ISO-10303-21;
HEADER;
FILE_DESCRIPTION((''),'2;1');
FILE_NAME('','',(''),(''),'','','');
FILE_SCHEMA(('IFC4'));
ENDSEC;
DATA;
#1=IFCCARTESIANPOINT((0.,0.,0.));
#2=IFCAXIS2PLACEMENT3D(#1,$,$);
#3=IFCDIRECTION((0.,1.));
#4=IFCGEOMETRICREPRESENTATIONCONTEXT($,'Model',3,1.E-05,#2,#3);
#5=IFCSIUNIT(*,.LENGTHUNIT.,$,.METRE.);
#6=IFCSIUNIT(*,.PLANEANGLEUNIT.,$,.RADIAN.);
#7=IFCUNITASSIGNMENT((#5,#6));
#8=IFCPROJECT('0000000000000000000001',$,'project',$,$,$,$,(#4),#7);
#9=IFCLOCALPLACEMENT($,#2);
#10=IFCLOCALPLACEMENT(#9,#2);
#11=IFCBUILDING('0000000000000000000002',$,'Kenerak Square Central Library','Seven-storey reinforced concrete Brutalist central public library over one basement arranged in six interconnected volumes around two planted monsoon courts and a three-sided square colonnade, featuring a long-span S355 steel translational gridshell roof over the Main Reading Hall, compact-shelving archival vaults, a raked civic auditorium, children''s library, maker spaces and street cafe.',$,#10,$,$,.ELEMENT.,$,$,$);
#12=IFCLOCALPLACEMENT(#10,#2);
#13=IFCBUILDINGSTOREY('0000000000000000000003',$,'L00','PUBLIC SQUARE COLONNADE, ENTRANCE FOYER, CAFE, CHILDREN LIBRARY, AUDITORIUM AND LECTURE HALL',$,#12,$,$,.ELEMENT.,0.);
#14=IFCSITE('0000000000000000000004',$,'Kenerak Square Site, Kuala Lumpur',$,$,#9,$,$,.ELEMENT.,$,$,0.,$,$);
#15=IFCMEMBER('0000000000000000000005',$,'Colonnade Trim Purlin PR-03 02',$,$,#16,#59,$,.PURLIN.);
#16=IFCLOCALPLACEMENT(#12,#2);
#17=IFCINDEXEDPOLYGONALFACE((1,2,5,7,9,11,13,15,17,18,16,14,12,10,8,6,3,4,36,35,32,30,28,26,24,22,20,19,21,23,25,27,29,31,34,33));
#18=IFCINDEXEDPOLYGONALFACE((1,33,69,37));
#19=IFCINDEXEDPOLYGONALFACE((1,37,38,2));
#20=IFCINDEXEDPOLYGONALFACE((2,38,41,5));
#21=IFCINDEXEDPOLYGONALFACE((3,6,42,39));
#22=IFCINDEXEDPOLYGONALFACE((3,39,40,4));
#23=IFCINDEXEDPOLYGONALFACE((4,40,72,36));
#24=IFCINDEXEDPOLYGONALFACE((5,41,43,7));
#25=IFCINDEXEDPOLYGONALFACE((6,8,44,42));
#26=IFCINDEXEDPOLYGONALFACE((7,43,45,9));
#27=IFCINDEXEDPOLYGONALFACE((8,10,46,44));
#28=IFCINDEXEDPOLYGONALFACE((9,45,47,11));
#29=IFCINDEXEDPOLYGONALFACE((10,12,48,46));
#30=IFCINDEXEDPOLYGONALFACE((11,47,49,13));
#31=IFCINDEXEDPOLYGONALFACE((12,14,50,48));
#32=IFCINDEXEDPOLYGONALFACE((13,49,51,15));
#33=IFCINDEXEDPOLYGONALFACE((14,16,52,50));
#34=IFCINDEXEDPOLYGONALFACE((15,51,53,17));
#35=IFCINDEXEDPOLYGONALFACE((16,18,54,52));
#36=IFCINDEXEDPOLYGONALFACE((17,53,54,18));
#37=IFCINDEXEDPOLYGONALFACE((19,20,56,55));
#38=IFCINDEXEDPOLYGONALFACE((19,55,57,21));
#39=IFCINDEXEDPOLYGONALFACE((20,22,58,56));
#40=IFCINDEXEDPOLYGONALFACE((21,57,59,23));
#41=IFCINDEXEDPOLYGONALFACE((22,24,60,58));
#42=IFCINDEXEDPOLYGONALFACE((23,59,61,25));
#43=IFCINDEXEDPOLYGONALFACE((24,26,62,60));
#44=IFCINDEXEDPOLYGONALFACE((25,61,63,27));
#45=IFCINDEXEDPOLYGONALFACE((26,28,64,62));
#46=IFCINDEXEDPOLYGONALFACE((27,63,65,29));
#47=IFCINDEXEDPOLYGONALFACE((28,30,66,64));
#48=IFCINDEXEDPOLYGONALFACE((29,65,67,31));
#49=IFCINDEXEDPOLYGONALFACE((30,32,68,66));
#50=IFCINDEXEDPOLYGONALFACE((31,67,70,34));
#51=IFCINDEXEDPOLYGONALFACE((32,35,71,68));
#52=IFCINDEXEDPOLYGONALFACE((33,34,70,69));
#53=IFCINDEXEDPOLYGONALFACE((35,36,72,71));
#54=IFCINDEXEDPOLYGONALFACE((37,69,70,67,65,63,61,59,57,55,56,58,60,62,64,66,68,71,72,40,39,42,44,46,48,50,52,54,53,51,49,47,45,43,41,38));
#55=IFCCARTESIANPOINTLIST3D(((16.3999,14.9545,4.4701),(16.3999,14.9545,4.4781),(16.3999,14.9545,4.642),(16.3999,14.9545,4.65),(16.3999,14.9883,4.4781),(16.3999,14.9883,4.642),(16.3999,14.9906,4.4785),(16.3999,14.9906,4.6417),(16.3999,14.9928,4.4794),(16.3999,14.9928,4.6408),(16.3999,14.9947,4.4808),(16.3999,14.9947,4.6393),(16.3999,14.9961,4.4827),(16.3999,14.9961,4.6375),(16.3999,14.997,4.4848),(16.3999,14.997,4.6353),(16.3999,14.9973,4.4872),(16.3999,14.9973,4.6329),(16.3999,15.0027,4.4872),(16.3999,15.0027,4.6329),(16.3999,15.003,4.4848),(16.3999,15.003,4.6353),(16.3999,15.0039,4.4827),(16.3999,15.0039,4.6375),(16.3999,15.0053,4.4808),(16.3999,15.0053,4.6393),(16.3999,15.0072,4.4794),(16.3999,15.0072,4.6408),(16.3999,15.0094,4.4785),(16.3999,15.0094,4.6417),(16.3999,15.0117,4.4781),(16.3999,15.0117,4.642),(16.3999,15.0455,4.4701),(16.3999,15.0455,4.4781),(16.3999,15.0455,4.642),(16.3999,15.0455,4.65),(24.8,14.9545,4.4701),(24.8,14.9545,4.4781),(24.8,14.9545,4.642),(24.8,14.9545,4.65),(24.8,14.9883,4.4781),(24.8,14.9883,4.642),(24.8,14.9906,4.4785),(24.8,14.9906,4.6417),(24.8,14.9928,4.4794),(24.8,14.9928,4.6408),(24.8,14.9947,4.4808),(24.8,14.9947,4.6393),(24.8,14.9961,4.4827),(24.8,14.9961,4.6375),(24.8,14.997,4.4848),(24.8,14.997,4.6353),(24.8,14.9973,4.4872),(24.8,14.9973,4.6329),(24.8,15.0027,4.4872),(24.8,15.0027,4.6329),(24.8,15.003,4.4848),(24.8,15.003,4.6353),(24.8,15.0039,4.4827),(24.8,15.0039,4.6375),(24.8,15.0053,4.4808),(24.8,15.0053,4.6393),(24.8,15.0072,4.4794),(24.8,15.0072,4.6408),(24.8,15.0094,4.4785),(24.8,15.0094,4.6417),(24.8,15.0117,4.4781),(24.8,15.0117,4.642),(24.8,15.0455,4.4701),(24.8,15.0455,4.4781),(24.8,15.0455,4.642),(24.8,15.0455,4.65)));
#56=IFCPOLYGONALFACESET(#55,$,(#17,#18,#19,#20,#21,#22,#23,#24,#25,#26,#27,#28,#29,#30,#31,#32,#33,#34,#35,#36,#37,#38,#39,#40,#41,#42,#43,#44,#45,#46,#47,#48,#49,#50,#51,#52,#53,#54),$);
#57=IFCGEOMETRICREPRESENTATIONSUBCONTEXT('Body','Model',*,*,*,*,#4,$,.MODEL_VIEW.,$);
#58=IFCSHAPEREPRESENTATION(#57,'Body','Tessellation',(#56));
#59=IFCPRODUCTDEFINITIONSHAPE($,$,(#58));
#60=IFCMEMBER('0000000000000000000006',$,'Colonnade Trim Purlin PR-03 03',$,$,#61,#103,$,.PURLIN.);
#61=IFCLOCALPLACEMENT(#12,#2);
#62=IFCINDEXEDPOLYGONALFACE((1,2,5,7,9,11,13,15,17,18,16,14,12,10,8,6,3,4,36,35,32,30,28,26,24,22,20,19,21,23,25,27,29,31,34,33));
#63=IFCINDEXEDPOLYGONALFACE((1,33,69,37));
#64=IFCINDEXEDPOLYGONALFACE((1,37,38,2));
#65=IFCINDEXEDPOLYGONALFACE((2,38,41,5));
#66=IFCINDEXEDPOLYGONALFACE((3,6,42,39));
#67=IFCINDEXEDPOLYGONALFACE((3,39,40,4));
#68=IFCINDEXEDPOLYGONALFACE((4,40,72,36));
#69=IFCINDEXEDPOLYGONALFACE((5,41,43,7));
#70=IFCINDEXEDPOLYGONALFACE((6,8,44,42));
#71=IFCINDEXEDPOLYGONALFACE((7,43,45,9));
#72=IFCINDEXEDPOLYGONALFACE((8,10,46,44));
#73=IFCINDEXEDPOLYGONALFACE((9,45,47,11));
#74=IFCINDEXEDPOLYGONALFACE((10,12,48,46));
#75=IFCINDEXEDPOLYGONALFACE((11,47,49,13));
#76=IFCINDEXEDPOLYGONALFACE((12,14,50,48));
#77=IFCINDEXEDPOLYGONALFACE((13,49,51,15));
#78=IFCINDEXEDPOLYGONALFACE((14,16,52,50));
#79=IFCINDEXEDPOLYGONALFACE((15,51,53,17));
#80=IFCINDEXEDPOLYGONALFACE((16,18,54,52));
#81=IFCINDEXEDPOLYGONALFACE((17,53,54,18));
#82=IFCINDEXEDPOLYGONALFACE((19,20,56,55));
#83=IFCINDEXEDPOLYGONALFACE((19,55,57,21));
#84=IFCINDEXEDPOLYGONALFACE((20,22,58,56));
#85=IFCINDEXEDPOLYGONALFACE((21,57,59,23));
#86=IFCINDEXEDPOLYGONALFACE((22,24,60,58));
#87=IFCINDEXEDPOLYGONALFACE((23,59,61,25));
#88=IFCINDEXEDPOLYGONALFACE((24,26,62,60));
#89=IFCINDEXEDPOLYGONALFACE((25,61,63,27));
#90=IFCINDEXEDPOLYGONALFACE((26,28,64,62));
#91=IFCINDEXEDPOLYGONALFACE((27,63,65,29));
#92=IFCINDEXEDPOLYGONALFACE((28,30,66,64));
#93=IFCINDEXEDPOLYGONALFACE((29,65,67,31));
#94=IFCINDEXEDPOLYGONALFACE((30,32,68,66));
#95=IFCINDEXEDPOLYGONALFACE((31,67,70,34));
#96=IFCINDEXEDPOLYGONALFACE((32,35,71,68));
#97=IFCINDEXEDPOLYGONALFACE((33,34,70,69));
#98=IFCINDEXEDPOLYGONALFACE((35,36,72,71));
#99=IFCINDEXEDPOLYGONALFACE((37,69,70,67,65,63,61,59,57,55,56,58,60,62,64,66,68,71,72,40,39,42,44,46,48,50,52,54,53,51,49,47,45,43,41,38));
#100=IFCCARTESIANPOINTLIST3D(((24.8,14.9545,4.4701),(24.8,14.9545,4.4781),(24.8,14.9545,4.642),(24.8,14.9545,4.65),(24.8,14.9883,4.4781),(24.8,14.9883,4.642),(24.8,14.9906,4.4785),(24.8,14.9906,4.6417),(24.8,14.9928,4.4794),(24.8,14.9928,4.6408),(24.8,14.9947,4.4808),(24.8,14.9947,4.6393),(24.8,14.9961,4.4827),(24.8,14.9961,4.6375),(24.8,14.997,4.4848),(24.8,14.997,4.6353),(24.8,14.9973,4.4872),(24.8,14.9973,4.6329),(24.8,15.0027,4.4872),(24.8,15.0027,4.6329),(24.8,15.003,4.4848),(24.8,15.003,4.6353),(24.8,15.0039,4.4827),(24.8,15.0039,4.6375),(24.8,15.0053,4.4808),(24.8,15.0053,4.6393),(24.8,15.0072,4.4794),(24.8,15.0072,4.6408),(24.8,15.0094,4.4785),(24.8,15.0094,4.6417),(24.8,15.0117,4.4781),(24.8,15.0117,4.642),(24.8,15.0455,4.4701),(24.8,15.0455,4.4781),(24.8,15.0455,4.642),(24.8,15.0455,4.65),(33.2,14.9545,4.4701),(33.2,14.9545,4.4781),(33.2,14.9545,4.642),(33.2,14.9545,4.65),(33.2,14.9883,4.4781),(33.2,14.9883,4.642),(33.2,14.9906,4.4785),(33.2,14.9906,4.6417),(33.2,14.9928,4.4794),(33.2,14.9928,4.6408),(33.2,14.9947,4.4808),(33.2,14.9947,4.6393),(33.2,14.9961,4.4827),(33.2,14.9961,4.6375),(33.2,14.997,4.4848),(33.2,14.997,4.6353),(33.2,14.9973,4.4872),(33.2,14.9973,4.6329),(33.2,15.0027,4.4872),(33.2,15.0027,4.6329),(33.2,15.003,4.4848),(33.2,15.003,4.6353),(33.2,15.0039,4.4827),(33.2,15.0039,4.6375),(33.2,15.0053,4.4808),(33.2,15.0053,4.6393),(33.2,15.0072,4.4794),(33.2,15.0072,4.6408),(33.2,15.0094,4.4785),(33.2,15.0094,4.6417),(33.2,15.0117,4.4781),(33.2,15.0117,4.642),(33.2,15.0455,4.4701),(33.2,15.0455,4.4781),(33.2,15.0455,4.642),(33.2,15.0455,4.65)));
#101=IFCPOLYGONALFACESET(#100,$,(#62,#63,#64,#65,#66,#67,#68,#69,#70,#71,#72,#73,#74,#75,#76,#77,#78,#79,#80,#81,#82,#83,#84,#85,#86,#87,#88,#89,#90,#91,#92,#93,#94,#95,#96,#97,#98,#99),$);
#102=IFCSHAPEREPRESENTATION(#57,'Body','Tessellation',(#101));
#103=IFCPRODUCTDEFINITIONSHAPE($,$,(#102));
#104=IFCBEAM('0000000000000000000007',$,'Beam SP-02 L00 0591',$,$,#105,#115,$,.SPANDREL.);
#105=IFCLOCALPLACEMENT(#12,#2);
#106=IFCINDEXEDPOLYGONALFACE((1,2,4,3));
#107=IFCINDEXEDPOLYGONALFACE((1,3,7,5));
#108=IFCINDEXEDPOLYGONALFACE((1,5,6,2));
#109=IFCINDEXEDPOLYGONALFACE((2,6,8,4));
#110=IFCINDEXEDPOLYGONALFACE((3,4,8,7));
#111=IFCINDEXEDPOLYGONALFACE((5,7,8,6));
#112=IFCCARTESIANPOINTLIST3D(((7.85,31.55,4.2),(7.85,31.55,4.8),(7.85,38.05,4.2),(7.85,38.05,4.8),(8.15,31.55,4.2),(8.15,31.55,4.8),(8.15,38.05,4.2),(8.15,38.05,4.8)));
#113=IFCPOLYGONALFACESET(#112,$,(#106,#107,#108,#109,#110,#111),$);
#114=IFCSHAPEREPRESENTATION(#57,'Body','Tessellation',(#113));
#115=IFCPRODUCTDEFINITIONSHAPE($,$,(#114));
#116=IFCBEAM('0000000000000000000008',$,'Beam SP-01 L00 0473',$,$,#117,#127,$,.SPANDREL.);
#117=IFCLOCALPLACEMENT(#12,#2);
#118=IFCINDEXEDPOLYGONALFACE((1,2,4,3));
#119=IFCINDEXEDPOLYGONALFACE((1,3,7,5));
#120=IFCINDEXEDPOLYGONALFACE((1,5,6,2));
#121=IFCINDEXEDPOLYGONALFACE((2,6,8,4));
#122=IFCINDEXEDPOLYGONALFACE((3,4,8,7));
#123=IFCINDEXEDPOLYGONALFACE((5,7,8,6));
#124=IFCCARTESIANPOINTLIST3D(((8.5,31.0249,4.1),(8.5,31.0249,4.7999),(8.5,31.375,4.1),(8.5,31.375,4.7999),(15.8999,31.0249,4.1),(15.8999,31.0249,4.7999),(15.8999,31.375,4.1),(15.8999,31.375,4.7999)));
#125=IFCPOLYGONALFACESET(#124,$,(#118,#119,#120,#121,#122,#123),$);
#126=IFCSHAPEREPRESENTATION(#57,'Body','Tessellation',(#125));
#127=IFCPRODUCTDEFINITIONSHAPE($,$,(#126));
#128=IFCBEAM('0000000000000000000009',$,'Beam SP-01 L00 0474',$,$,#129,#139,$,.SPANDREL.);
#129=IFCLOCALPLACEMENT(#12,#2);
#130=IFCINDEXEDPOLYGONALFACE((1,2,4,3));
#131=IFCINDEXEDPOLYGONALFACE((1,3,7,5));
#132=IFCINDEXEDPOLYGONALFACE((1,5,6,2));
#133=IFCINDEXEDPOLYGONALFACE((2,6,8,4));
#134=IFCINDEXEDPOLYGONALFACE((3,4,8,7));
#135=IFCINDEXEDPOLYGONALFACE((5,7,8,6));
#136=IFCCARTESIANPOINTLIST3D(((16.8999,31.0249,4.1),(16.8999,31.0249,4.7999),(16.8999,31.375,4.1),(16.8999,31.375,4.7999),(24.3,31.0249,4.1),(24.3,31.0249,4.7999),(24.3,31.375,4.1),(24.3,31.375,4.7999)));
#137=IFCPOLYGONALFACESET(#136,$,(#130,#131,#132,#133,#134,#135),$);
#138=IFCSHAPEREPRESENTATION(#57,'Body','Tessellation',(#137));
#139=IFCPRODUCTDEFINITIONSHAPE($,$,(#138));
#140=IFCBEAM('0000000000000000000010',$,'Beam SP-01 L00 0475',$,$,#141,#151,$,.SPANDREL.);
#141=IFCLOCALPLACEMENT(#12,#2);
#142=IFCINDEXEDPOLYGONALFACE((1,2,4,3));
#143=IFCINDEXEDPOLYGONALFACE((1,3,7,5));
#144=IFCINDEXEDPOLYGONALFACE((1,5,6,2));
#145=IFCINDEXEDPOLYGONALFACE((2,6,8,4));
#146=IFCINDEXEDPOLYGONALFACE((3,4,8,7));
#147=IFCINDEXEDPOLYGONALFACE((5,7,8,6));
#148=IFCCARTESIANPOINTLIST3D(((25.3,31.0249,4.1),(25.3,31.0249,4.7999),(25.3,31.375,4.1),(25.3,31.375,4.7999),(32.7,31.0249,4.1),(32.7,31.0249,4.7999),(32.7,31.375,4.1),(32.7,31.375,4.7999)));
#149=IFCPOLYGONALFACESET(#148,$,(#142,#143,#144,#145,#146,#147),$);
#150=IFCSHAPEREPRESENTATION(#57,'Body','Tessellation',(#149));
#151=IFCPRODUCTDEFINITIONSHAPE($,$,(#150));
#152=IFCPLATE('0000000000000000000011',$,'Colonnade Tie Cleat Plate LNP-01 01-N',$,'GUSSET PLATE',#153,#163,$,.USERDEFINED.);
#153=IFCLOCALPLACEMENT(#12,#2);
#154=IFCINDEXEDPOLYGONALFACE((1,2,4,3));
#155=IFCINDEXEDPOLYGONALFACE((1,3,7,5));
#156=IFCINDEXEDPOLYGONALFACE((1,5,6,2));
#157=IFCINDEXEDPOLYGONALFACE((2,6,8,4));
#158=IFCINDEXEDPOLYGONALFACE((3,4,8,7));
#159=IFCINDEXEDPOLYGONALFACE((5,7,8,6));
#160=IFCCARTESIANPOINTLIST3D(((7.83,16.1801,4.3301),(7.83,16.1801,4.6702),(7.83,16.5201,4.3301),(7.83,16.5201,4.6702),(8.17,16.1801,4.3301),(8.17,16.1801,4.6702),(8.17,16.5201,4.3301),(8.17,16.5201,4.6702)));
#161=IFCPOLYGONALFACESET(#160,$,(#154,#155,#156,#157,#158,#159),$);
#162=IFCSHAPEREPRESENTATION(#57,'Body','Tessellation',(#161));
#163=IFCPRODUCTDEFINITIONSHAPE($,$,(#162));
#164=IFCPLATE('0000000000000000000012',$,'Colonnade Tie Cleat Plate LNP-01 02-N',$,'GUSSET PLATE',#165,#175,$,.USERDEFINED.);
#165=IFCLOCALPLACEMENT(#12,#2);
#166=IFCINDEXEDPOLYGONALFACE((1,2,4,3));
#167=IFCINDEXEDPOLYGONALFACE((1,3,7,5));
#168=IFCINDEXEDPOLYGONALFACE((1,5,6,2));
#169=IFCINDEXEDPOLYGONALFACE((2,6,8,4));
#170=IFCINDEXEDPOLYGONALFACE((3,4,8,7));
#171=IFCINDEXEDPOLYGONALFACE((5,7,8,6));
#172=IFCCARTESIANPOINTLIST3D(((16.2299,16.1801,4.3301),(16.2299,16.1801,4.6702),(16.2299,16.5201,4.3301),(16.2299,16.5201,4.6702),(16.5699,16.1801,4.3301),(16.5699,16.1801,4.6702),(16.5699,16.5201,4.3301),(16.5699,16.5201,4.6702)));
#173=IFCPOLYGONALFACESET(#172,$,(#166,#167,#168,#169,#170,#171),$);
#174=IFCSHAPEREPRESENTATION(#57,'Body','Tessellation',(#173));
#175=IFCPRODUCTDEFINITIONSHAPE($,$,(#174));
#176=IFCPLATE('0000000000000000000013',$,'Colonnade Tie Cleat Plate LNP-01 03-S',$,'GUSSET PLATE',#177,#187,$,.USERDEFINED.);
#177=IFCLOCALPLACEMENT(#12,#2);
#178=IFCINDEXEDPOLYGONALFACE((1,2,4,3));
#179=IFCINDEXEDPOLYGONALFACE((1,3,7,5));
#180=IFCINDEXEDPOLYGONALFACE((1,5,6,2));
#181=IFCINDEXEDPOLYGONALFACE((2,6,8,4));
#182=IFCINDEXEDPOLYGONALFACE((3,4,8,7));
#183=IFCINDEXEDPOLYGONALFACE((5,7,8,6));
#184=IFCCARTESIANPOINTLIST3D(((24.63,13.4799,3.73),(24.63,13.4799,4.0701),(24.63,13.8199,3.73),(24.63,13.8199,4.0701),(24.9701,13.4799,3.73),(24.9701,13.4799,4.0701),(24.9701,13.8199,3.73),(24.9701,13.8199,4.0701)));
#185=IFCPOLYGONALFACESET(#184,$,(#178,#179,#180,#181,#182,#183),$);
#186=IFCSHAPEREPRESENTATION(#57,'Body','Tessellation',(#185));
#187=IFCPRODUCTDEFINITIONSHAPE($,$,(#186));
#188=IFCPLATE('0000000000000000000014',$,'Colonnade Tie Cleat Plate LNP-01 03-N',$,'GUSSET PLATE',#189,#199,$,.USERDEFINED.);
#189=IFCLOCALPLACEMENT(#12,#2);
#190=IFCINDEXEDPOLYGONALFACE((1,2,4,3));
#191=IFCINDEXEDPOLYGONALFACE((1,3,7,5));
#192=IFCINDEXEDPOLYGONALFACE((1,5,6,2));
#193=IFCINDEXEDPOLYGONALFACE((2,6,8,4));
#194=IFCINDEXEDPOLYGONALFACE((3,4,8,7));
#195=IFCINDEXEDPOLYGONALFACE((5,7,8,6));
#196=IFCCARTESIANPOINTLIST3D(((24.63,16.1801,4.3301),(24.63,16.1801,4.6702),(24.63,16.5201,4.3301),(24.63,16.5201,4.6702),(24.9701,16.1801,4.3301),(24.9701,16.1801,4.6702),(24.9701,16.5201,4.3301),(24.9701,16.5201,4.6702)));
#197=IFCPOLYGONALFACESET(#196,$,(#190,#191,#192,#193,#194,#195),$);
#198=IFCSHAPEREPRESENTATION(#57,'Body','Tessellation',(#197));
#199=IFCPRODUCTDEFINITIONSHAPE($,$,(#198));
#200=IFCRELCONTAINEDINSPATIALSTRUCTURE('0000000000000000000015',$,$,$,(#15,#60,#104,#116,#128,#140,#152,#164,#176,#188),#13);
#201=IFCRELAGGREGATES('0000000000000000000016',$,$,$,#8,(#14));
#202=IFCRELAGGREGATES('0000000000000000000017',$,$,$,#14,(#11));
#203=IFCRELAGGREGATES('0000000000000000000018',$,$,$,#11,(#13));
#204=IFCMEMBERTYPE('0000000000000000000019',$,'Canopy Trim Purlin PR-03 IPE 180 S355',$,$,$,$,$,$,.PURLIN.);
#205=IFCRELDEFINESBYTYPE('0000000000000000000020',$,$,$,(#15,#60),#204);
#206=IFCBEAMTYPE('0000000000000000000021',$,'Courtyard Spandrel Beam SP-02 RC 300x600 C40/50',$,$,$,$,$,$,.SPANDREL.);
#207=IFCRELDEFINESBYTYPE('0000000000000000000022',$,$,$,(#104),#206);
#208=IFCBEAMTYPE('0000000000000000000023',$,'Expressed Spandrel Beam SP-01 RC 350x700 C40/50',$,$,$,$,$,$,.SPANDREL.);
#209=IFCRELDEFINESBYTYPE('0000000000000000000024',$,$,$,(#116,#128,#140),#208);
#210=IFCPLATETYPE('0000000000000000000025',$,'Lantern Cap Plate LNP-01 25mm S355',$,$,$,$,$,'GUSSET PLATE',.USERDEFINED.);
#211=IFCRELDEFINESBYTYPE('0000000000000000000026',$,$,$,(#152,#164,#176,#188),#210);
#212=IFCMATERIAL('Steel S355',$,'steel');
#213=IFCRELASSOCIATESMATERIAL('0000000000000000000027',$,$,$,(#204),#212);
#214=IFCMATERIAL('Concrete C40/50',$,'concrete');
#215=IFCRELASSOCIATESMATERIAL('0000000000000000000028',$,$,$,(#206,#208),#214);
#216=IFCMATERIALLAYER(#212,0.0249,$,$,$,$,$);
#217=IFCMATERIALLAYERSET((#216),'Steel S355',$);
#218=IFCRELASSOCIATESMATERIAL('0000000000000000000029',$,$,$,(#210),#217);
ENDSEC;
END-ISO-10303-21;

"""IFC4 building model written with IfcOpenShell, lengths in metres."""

from ifc_helpers import new_model, si_unit, direction, frame, origin, origin_2d, place, context, subcontext, project, spatial, rectangle, i_section, extrude, material, layer, layer_set, material_profile, profile_set, type_object, element, save


model = new_model("IFC4")

# Units and contexts
model_context = context("Model", 3, precision=1e-05, world=origin(), true_north=direction((0.0, 1.0)))
body_context = subcontext(model_context, "Body", "Model", "MODEL_VIEW")
ifc_project = project(units=[si_unit("LENGTHUNIT", "METRE"), si_unit("PLANEANGLEUNIT", "RADIAN")], contexts=[model_context])

# Site, building, storey
site_placement = place(None, origin())
site = spatial("IfcSite", under=ifc_project, at=site_placement, Name="Kenerak Square Site, Kuala Lumpur", CompositionType="ELEMENT", RefElevation=0.0)
building_placement = place(site_placement, origin())
building = spatial("IfcBuilding", under=site, at=building_placement, Name="Kenerak Square Central Library", Description="Seven-storey reinforced concrete Brutalist central public library over one basement arranged in six interconnected volumes around two planted monsoon courts and a three-sided square colonnade, featuring a long-span S355 steel translational gridshell roof over the Main Reading Hall, compact-shelving archival vaults, a raked civic auditorium, children's library, maker spaces and street cafe.", CompositionType="ELEMENT")
storey_placement = place(building_placement, origin())
storey = spatial("IfcBuildingStorey", under=building, at=storey_placement, Name="L00", Description="PUBLIC SQUARE COLONNADE, ENTRANCE FOYER, CAFE, CHILDREN LIBRARY, AUDITORIUM AND LECTURE HALL", CompositionType="ELEMENT", Elevation=0.0)

# Shared definitions
ifc_material_1 = material(Name="Steel S355", Category="steel")

# Members
ifc_material_profile_1 = material_profile(ifc_material_1, i_section(OverallWidth=0.0911, OverallDepth=0.1799, WebThickness=0.0054, FlangeThickness=0.0081, FilletRadius=0.009, at=origin_2d()), Name="IPE 180")
ifc_profile_set_1 = profile_set([ifc_material_profile_1], Name="Steel S355")
member_type_1 = type_object("IfcMemberType", Name="Canopy Trim Purlin PR-03 IPE 180 S355", PredefinedType="PURLIN", material=ifc_profile_set_1)
member_1_placement = place(storey_placement, frame((16.3999, 15.0, 4.5601), z_axis=(1.0, 0.0, 0.0), x_axis=(0.0, 1.0, 0.0)))
element("IfcMember", 1, at=member_1_placement, inside=storey, type_object=member_type_1, Name="Colonnade Trim Purlin PR-03 02", PredefinedType="PURLIN", context=body_context, shape_type="SweptSolid", body=[
    extrude(i_section(OverallWidth=0.0911, OverallDepth=0.1799, WebThickness=0.0054, FlangeThickness=0.0081, FilletRadius=0.009, at=origin_2d()), origin(), (0.0, 0.0, 1.0), 8.4001),
])
member_2_placement = place(storey_placement, frame((24.8, 15.0, 4.5601), z_axis=(1.0, 0.0, 0.0), x_axis=(0.0, 1.0, 0.0)))
element("IfcMember", 2, at=member_2_placement, inside=storey, type_object=member_type_1, Name="Colonnade Trim Purlin PR-03 03", PredefinedType="PURLIN", context=body_context, shape_type="SweptSolid", body=[
    extrude(i_section(OverallWidth=0.0911, OverallDepth=0.1799, WebThickness=0.0054, FlangeThickness=0.0081, FilletRadius=0.009, at=origin_2d()), origin(), (0.0, 0.0, 1.0), 8.3999),
])

# Beams
ifc_material_2 = material(Name="Concrete C40/50", Category="concrete")
ifc_material_profile_2 = material_profile(ifc_material_2, rectangle(XDim=0.3, YDim=0.6001, at=origin_2d()), Name="RC 300x600")
ifc_profile_set_2 = profile_set([ifc_material_profile_2], Name="Concrete C40/50")
beam_type_1 = type_object("IfcBeamType", Name="Courtyard Spandrel Beam SP-02 RC 300x600 C40/50", PredefinedType="SPANDREL", material=ifc_profile_set_2)
beam_1_placement = place(storey_placement, frame((8.0, 31.55, 4.5), z_axis=(0.0, 1.0, 0.0), x_axis=(-1.0, 0.0, 0.0)))
element("IfcBeam", 3, at=beam_1_placement, inside=storey, type_object=beam_type_1, Name="Beam SP-02 L00 0591", PredefinedType="SPANDREL", context=body_context, shape_type="SweptSolid", body=[
    extrude(rectangle(XDim=0.3, YDim=0.6001, at=origin_2d()), origin(), (0.0, 0.0, 1.0), 6.5),
])
ifc_material_profile_3 = material_profile(ifc_material_2, rectangle(XDim=0.3501, YDim=0.7, at=origin_2d()), Name="RC 350x700")
ifc_profile_set_3 = profile_set([ifc_material_profile_3], Name="Concrete C40/50")
beam_type_2 = type_object("IfcBeamType", Name="Expressed Spandrel Beam SP-01 RC 350x700 C40/50", PredefinedType="SPANDREL", material=ifc_profile_set_3)
beam_2_placement = place(storey_placement, frame((8.5, 31.2, 4.45), z_axis=(1.0, 0.0, 0.0), x_axis=(0.0, 1.0, 0.0)))
element("IfcBeam", 4, at=beam_2_placement, inside=storey, type_object=beam_type_2, Name="Beam SP-01 L00 0473", PredefinedType="SPANDREL", context=body_context, shape_type="SweptSolid", body=[
    extrude(rectangle(XDim=0.3501, YDim=0.7, at=origin_2d()), origin(), (0.0, 0.0, 1.0), 7.3999),
])
beam_3_placement = place(storey_placement, frame((16.8999, 31.2, 4.45), z_axis=(1.0, 0.0, 0.0), x_axis=(0.0, 1.0, 0.0)))
element("IfcBeam", 5, at=beam_3_placement, inside=storey, type_object=beam_type_2, Name="Beam SP-01 L00 0474", PredefinedType="SPANDREL", context=body_context, shape_type="SweptSolid", body=[
    extrude(rectangle(XDim=0.3501, YDim=0.7, at=origin_2d()), origin(), (0.0, 0.0, 1.0), 7.4001),
])
beam_4_placement = place(storey_placement, frame((25.3, 31.2, 4.45), z_axis=(1.0, 0.0, 0.0), x_axis=(0.0, 1.0, 0.0)))
element("IfcBeam", 6, at=beam_4_placement, inside=storey, type_object=beam_type_2, Name="Beam SP-01 L00 0475", PredefinedType="SPANDREL", context=body_context, shape_type="SweptSolid", body=[
    extrude(rectangle(XDim=0.3501, YDim=0.7, at=origin_2d()), origin(), (0.0, 0.0, 1.0), 7.3999),
])

# Plates
ifc_layer_1 = layer(ifc_material_1, 0.0249)
ifc_layer_set_1 = layer_set([ifc_layer_1], Name="Steel S355")
plate_type = type_object("IfcPlateType", Name="Lantern Cap Plate LNP-01 25mm S355", ElementType="GUSSET PLATE", PredefinedType="USERDEFINED", material=ifc_layer_set_1)
for number, where, z_axis, x_axis, name in (
    (7, (8.0, 16.3501, 4.3301), (0.0, 0.0, 1.0), (1.0, 0.0, 0.0), "Colonnade Tie Cleat Plate LNP-01 01-N"),
    (8, (16.3999, 16.3501, 4.3301), (0.0, 0.0, 1.0), (1.0, 0.0, 0.0), "Colonnade Tie Cleat Plate LNP-01 02-N"),
    (9, (24.8, 13.6499, 3.73), (0.0, 0.0, 1.0), (1.0, 0.0, 0.0), "Colonnade Tie Cleat Plate LNP-01 03-S"),
    (10, (24.8, 16.3501, 4.3301), (0.0, 0.0, 1.0), (1.0, 0.0, 0.0), "Colonnade Tie Cleat Plate LNP-01 03-N"),
):
    element("IfcPlate", number, at=place(storey_placement, frame(where, z_axis=z_axis, x_axis=x_axis)), inside=storey, type_object=plate_type, Name=name, ObjectType="GUSSET PLATE", PredefinedType="USERDEFINED", context=body_context, shape_type="SweptSolid", body=[
        extrude(rectangle(XDim=0.3401, YDim=0.3401, at=origin_2d()), origin(), (0.0, 0.0, 1.0), 0.3401),
    ])

save(model, "model.ifc")
